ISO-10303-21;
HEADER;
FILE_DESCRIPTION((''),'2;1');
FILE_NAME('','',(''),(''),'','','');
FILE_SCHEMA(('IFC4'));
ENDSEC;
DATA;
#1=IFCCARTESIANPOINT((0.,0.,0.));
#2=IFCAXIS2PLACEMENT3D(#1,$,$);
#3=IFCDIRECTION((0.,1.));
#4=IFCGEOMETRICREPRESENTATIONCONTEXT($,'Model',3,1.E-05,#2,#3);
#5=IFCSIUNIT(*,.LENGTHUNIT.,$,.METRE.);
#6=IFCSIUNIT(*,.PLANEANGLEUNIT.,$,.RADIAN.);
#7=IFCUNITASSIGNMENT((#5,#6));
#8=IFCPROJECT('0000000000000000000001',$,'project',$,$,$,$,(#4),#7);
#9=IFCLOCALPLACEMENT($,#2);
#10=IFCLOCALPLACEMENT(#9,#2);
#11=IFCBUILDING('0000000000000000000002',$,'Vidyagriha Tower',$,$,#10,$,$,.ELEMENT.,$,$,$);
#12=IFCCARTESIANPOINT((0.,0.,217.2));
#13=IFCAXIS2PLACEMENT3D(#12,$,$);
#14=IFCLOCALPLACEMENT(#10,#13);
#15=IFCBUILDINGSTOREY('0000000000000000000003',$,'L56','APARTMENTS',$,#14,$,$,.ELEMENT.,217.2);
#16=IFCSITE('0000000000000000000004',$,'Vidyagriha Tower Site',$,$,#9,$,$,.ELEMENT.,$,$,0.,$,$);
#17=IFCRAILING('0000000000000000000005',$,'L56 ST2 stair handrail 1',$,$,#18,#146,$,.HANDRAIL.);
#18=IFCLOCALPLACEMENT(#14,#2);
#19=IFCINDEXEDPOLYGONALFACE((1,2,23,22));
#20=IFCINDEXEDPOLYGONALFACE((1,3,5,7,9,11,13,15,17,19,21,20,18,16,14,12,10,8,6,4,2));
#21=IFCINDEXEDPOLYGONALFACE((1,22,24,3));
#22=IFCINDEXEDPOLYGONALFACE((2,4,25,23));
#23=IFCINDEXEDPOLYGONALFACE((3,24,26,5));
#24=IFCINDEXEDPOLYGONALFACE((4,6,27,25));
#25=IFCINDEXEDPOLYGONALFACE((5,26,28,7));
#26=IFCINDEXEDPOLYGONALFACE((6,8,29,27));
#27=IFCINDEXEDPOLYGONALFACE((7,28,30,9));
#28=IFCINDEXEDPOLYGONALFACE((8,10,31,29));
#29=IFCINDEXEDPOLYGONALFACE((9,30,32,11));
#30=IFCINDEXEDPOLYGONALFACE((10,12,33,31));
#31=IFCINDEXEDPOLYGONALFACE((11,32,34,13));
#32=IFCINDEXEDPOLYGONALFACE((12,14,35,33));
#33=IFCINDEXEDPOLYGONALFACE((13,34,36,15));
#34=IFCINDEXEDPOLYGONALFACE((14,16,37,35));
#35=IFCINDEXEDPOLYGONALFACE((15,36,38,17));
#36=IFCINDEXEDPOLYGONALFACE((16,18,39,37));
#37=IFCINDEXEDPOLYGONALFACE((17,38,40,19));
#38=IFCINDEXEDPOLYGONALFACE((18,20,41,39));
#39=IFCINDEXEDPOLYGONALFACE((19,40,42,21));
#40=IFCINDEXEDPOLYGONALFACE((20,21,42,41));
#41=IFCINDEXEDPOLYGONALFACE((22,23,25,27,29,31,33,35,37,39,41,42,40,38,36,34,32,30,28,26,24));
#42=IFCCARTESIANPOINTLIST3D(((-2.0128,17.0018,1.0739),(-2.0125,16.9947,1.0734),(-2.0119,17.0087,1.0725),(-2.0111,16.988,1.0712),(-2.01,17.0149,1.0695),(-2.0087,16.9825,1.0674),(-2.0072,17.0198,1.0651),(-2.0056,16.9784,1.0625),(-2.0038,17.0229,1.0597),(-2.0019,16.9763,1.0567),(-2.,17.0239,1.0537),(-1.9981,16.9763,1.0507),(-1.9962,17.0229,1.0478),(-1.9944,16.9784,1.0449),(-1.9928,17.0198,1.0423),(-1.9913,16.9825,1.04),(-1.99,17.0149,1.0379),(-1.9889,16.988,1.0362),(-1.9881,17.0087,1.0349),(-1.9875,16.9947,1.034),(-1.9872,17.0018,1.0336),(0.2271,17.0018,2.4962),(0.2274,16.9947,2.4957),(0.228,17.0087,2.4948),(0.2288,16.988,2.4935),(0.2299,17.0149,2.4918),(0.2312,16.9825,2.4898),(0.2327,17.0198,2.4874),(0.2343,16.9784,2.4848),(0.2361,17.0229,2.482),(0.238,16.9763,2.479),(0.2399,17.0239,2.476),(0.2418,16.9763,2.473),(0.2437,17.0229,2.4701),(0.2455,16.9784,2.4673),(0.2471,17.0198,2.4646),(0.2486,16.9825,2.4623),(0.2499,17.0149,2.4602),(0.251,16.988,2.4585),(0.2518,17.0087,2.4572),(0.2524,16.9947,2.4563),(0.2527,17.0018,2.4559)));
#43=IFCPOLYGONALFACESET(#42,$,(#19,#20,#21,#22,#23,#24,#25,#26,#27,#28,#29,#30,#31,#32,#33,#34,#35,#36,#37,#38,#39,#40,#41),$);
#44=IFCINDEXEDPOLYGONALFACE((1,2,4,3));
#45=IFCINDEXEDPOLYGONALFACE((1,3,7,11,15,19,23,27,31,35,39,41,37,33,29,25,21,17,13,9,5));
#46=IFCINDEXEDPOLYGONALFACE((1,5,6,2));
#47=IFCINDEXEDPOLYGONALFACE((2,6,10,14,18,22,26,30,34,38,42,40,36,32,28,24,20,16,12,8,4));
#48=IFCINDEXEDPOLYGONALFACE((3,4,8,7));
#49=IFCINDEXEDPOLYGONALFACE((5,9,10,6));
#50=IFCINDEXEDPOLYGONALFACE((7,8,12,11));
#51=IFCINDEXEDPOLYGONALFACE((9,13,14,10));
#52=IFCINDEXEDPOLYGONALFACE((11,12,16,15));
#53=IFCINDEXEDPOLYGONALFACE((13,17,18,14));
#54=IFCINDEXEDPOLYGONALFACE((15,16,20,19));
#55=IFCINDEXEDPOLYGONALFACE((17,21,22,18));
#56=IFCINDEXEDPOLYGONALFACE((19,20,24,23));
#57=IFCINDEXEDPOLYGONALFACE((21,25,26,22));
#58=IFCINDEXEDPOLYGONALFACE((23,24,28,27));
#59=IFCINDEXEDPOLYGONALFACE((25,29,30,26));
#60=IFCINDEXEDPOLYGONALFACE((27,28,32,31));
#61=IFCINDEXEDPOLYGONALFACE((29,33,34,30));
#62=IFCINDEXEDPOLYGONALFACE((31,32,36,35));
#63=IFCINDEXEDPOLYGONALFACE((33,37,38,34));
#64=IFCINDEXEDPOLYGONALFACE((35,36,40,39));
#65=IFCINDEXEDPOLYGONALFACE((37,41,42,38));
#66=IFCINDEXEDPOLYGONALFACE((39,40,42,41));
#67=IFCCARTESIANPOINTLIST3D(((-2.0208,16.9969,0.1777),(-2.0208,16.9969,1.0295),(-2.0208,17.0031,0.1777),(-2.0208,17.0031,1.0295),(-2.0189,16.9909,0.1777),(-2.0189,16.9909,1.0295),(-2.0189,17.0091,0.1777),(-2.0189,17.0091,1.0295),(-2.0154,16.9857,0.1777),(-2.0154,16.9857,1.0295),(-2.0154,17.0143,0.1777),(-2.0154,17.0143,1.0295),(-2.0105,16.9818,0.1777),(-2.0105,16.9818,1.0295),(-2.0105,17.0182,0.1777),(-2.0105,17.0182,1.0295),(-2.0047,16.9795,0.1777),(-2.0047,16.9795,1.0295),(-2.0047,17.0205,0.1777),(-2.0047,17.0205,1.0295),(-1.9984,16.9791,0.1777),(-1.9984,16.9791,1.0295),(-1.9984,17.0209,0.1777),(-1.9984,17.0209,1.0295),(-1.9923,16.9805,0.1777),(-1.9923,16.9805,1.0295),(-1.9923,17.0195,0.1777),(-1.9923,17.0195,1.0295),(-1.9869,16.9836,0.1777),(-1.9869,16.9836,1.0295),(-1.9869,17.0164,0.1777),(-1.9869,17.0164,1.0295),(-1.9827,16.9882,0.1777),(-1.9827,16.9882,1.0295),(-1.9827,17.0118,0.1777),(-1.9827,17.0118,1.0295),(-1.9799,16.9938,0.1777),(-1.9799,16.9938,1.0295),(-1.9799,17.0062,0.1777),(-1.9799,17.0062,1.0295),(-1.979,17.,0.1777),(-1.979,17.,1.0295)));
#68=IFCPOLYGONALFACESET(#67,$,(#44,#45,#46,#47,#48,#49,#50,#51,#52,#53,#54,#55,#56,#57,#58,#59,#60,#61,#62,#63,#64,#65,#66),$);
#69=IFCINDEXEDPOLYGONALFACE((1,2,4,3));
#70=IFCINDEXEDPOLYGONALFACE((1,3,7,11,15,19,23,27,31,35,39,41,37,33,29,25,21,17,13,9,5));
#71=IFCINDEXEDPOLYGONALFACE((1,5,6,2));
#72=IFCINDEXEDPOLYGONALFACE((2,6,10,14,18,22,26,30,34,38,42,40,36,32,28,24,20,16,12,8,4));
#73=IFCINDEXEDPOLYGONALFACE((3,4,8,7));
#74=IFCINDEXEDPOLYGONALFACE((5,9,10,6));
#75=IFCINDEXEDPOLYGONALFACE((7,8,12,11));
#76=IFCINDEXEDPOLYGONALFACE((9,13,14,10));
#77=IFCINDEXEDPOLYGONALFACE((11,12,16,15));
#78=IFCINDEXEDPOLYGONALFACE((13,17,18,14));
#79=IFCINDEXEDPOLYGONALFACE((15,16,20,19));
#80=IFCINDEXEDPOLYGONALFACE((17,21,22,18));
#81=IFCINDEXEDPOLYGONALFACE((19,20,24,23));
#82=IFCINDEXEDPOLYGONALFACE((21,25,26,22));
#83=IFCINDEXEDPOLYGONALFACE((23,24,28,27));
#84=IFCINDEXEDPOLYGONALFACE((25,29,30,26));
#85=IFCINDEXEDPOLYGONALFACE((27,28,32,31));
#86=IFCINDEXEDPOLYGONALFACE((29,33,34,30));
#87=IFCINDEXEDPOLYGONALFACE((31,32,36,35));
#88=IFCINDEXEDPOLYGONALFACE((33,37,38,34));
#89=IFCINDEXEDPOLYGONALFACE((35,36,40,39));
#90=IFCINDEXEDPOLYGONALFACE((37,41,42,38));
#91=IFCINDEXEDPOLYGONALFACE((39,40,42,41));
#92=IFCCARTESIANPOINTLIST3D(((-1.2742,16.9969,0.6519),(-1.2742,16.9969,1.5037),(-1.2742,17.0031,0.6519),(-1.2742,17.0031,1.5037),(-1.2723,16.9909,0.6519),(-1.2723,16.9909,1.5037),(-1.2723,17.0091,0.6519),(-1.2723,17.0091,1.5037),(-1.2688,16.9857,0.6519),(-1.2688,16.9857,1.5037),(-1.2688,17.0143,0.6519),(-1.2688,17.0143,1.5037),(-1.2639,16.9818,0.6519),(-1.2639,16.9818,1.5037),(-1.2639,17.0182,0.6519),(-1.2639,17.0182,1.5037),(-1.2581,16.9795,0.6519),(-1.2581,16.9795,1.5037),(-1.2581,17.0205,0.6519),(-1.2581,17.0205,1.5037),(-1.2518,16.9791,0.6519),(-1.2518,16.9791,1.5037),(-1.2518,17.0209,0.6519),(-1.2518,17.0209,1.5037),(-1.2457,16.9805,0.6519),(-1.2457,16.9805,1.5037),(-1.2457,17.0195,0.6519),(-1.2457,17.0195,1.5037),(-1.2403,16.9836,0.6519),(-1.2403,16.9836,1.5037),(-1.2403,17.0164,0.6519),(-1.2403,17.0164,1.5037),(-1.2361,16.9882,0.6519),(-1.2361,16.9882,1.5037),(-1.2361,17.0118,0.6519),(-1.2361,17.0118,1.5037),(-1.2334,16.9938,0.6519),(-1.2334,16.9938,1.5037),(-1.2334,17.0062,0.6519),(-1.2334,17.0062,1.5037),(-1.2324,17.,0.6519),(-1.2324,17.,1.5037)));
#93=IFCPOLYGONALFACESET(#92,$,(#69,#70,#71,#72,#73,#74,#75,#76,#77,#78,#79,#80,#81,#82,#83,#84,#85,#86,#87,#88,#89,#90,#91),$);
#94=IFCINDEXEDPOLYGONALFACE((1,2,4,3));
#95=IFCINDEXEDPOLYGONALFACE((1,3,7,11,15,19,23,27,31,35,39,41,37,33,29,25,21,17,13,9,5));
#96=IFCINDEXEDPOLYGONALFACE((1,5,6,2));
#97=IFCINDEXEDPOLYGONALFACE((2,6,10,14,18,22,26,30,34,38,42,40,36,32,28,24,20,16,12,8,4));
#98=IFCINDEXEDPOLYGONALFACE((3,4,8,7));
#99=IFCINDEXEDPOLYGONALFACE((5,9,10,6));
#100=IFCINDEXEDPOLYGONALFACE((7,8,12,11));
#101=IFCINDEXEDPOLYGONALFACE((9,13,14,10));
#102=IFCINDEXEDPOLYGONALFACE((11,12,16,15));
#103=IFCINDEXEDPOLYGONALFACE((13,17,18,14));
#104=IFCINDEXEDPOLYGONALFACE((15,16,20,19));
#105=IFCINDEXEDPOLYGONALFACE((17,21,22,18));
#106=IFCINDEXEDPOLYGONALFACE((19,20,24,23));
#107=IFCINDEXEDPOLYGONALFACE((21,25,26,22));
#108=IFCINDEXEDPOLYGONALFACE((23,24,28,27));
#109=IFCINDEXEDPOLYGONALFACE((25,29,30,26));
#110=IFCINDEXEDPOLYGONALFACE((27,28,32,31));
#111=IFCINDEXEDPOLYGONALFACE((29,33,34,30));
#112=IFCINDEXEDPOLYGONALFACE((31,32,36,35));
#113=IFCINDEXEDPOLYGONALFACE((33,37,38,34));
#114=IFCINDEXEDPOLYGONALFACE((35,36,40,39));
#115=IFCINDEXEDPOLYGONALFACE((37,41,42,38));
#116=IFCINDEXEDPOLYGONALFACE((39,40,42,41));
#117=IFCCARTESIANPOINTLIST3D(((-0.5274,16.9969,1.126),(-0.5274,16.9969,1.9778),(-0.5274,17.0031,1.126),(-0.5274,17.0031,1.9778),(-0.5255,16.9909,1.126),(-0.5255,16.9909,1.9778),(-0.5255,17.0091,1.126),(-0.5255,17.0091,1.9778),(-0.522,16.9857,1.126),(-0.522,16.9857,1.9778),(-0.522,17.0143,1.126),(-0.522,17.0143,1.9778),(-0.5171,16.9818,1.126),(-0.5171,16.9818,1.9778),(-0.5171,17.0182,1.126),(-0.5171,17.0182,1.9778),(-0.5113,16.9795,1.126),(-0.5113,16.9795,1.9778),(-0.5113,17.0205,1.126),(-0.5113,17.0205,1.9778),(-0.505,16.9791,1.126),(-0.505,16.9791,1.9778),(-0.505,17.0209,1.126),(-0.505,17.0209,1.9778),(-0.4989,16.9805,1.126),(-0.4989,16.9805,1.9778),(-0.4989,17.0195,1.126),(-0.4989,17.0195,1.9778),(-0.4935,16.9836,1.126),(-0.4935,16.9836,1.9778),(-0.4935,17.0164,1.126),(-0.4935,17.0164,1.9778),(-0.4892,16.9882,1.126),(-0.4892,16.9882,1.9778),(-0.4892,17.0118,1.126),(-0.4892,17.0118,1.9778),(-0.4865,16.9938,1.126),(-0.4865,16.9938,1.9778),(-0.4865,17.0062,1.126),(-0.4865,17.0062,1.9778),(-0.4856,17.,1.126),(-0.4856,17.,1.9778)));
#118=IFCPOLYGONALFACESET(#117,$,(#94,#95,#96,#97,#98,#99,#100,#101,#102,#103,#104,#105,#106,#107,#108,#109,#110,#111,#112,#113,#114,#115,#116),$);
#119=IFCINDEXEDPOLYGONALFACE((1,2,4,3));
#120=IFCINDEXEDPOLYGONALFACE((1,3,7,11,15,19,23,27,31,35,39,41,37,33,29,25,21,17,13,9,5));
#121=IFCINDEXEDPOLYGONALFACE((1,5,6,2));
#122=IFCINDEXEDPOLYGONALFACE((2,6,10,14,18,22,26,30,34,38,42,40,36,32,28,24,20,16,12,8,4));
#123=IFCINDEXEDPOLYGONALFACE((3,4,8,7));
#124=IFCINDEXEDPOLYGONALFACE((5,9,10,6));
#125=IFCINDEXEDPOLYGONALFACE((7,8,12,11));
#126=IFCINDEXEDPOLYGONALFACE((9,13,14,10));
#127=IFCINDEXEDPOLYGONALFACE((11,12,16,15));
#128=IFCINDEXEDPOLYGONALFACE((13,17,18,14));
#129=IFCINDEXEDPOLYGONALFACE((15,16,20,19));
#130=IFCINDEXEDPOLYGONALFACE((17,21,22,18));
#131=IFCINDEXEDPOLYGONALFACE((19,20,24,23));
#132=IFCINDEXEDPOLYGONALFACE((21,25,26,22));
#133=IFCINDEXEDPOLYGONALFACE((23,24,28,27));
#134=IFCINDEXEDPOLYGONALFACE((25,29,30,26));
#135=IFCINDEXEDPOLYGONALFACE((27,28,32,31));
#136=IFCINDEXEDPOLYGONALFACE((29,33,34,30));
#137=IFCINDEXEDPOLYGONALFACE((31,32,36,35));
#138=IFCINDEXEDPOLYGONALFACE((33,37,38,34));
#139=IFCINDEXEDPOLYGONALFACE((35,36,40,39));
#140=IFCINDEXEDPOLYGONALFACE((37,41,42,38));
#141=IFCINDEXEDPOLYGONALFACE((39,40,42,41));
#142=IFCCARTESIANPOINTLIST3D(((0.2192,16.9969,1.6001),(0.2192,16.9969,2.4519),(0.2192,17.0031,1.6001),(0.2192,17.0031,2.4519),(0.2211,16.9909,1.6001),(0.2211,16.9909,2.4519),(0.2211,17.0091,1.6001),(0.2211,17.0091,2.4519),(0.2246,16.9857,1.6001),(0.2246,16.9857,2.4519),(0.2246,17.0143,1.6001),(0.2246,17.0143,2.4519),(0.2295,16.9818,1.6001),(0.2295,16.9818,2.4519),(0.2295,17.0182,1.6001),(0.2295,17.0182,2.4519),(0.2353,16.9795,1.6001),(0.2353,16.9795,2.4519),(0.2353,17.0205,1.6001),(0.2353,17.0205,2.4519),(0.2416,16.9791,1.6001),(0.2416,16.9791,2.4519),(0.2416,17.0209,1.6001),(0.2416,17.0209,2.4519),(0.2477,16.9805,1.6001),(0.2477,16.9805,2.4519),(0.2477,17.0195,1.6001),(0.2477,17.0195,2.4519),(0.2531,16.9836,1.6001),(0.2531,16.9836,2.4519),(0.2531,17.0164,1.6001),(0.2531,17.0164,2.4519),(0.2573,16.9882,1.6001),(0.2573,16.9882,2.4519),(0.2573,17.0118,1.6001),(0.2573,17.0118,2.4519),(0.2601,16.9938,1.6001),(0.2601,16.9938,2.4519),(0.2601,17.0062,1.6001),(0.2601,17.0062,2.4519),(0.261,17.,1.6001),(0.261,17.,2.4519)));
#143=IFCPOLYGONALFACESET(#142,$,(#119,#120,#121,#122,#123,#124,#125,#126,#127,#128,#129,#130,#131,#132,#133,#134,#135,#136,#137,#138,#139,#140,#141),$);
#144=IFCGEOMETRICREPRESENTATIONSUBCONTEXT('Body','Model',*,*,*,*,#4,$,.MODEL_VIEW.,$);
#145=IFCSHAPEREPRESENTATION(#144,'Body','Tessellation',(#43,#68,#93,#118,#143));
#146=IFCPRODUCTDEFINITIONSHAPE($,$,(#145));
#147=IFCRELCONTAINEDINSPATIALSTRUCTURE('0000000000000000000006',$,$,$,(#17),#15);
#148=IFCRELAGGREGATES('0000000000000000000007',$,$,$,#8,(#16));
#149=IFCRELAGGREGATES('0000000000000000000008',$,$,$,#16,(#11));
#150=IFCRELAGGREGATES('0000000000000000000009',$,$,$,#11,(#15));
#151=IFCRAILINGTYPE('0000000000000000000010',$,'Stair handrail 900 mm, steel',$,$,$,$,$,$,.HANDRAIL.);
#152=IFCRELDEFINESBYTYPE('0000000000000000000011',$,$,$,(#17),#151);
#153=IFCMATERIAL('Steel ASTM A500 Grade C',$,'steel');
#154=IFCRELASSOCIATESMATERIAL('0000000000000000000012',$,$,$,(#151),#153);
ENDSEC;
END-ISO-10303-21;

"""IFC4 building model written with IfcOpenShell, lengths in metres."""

from ifc_helpers import new_model, si_unit, direction, frame, origin, origin_2d, place, context, subcontext, project, spatial, circle, extrude, material, type_object, element, save


model = new_model("IFC4")

# Units and contexts
model_context = context("Model", 3, precision=1e-05, world=origin(), true_north=direction((0.0, 1.0)))
body_context = subcontext(model_context, "Body", "Model", "MODEL_VIEW")
ifc_project = project(units=[si_unit("LENGTHUNIT", "METRE"), si_unit("PLANEANGLEUNIT", "RADIAN")], contexts=[model_context])

# Site, building, storey
site_placement = place(None, origin())
site = spatial("IfcSite", under=ifc_project, at=site_placement, Name="Vidyagriha Tower Site", CompositionType="ELEMENT", RefElevation=0.0)
building_placement = place(site_placement, origin())
building = spatial("IfcBuilding", under=site, at=building_placement, Name="Vidyagriha Tower", CompositionType="ELEMENT")
storey_placement = place(building_placement, frame((0.0, 0.0, 217.2)))
storey = spatial("IfcBuildingStorey", under=building, at=storey_placement, Name="L56", Description="APARTMENTS", CompositionType="ELEMENT", Elevation=217.2)

# Railing
ifc_material_1 = material(Name="Steel ASTM A500 Grade C", Category="steel")
railing_type_1 = type_object("IfcRailingType", Name="Stair handrail 900 mm, steel", PredefinedType="HANDRAIL", material=ifc_material_1)
railing_1_placement = place(storey_placement, frame((-2.0, 17.0, 0.1777)))
element("IfcRailing", 1, at=railing_1_placement, inside=storey, type_object=railing_type_1, Name="L56 ST2 stair handrail 1", PredefinedType="HANDRAIL", context=body_context, shape_type="SweptSolid", body=[
    extrude(circle(Radius=0.0239, at=origin_2d()), frame((0.0, 0.0, 0.876), z_axis=(0.844188, 0.0, 0.536048), x_axis=(0.0, 1.0, 0.0)), (0.0, 0.0, 1.0), 2.6533),
    extrude(circle(Radius=0.021, at=origin_2d()), origin(), (0.0, 0.0, 1.0), 0.8518),
    extrude(circle(Radius=0.021, at=origin_2d()), frame((0.7466, 0.0, 0.4741)), (0.0, 0.0, 1.0), 0.8518),
    extrude(circle(Radius=0.021, at=origin_2d()), frame((1.4934, 0.0, 0.9482)), (0.0, 0.0, 1.0), 0.8518),
    extrude(circle(Radius=0.021, at=origin_2d()), frame((2.24, 0.0, 1.4224)), (0.0, 0.0, 1.0), 0.8518),
])

save(model, "model.ifc")
